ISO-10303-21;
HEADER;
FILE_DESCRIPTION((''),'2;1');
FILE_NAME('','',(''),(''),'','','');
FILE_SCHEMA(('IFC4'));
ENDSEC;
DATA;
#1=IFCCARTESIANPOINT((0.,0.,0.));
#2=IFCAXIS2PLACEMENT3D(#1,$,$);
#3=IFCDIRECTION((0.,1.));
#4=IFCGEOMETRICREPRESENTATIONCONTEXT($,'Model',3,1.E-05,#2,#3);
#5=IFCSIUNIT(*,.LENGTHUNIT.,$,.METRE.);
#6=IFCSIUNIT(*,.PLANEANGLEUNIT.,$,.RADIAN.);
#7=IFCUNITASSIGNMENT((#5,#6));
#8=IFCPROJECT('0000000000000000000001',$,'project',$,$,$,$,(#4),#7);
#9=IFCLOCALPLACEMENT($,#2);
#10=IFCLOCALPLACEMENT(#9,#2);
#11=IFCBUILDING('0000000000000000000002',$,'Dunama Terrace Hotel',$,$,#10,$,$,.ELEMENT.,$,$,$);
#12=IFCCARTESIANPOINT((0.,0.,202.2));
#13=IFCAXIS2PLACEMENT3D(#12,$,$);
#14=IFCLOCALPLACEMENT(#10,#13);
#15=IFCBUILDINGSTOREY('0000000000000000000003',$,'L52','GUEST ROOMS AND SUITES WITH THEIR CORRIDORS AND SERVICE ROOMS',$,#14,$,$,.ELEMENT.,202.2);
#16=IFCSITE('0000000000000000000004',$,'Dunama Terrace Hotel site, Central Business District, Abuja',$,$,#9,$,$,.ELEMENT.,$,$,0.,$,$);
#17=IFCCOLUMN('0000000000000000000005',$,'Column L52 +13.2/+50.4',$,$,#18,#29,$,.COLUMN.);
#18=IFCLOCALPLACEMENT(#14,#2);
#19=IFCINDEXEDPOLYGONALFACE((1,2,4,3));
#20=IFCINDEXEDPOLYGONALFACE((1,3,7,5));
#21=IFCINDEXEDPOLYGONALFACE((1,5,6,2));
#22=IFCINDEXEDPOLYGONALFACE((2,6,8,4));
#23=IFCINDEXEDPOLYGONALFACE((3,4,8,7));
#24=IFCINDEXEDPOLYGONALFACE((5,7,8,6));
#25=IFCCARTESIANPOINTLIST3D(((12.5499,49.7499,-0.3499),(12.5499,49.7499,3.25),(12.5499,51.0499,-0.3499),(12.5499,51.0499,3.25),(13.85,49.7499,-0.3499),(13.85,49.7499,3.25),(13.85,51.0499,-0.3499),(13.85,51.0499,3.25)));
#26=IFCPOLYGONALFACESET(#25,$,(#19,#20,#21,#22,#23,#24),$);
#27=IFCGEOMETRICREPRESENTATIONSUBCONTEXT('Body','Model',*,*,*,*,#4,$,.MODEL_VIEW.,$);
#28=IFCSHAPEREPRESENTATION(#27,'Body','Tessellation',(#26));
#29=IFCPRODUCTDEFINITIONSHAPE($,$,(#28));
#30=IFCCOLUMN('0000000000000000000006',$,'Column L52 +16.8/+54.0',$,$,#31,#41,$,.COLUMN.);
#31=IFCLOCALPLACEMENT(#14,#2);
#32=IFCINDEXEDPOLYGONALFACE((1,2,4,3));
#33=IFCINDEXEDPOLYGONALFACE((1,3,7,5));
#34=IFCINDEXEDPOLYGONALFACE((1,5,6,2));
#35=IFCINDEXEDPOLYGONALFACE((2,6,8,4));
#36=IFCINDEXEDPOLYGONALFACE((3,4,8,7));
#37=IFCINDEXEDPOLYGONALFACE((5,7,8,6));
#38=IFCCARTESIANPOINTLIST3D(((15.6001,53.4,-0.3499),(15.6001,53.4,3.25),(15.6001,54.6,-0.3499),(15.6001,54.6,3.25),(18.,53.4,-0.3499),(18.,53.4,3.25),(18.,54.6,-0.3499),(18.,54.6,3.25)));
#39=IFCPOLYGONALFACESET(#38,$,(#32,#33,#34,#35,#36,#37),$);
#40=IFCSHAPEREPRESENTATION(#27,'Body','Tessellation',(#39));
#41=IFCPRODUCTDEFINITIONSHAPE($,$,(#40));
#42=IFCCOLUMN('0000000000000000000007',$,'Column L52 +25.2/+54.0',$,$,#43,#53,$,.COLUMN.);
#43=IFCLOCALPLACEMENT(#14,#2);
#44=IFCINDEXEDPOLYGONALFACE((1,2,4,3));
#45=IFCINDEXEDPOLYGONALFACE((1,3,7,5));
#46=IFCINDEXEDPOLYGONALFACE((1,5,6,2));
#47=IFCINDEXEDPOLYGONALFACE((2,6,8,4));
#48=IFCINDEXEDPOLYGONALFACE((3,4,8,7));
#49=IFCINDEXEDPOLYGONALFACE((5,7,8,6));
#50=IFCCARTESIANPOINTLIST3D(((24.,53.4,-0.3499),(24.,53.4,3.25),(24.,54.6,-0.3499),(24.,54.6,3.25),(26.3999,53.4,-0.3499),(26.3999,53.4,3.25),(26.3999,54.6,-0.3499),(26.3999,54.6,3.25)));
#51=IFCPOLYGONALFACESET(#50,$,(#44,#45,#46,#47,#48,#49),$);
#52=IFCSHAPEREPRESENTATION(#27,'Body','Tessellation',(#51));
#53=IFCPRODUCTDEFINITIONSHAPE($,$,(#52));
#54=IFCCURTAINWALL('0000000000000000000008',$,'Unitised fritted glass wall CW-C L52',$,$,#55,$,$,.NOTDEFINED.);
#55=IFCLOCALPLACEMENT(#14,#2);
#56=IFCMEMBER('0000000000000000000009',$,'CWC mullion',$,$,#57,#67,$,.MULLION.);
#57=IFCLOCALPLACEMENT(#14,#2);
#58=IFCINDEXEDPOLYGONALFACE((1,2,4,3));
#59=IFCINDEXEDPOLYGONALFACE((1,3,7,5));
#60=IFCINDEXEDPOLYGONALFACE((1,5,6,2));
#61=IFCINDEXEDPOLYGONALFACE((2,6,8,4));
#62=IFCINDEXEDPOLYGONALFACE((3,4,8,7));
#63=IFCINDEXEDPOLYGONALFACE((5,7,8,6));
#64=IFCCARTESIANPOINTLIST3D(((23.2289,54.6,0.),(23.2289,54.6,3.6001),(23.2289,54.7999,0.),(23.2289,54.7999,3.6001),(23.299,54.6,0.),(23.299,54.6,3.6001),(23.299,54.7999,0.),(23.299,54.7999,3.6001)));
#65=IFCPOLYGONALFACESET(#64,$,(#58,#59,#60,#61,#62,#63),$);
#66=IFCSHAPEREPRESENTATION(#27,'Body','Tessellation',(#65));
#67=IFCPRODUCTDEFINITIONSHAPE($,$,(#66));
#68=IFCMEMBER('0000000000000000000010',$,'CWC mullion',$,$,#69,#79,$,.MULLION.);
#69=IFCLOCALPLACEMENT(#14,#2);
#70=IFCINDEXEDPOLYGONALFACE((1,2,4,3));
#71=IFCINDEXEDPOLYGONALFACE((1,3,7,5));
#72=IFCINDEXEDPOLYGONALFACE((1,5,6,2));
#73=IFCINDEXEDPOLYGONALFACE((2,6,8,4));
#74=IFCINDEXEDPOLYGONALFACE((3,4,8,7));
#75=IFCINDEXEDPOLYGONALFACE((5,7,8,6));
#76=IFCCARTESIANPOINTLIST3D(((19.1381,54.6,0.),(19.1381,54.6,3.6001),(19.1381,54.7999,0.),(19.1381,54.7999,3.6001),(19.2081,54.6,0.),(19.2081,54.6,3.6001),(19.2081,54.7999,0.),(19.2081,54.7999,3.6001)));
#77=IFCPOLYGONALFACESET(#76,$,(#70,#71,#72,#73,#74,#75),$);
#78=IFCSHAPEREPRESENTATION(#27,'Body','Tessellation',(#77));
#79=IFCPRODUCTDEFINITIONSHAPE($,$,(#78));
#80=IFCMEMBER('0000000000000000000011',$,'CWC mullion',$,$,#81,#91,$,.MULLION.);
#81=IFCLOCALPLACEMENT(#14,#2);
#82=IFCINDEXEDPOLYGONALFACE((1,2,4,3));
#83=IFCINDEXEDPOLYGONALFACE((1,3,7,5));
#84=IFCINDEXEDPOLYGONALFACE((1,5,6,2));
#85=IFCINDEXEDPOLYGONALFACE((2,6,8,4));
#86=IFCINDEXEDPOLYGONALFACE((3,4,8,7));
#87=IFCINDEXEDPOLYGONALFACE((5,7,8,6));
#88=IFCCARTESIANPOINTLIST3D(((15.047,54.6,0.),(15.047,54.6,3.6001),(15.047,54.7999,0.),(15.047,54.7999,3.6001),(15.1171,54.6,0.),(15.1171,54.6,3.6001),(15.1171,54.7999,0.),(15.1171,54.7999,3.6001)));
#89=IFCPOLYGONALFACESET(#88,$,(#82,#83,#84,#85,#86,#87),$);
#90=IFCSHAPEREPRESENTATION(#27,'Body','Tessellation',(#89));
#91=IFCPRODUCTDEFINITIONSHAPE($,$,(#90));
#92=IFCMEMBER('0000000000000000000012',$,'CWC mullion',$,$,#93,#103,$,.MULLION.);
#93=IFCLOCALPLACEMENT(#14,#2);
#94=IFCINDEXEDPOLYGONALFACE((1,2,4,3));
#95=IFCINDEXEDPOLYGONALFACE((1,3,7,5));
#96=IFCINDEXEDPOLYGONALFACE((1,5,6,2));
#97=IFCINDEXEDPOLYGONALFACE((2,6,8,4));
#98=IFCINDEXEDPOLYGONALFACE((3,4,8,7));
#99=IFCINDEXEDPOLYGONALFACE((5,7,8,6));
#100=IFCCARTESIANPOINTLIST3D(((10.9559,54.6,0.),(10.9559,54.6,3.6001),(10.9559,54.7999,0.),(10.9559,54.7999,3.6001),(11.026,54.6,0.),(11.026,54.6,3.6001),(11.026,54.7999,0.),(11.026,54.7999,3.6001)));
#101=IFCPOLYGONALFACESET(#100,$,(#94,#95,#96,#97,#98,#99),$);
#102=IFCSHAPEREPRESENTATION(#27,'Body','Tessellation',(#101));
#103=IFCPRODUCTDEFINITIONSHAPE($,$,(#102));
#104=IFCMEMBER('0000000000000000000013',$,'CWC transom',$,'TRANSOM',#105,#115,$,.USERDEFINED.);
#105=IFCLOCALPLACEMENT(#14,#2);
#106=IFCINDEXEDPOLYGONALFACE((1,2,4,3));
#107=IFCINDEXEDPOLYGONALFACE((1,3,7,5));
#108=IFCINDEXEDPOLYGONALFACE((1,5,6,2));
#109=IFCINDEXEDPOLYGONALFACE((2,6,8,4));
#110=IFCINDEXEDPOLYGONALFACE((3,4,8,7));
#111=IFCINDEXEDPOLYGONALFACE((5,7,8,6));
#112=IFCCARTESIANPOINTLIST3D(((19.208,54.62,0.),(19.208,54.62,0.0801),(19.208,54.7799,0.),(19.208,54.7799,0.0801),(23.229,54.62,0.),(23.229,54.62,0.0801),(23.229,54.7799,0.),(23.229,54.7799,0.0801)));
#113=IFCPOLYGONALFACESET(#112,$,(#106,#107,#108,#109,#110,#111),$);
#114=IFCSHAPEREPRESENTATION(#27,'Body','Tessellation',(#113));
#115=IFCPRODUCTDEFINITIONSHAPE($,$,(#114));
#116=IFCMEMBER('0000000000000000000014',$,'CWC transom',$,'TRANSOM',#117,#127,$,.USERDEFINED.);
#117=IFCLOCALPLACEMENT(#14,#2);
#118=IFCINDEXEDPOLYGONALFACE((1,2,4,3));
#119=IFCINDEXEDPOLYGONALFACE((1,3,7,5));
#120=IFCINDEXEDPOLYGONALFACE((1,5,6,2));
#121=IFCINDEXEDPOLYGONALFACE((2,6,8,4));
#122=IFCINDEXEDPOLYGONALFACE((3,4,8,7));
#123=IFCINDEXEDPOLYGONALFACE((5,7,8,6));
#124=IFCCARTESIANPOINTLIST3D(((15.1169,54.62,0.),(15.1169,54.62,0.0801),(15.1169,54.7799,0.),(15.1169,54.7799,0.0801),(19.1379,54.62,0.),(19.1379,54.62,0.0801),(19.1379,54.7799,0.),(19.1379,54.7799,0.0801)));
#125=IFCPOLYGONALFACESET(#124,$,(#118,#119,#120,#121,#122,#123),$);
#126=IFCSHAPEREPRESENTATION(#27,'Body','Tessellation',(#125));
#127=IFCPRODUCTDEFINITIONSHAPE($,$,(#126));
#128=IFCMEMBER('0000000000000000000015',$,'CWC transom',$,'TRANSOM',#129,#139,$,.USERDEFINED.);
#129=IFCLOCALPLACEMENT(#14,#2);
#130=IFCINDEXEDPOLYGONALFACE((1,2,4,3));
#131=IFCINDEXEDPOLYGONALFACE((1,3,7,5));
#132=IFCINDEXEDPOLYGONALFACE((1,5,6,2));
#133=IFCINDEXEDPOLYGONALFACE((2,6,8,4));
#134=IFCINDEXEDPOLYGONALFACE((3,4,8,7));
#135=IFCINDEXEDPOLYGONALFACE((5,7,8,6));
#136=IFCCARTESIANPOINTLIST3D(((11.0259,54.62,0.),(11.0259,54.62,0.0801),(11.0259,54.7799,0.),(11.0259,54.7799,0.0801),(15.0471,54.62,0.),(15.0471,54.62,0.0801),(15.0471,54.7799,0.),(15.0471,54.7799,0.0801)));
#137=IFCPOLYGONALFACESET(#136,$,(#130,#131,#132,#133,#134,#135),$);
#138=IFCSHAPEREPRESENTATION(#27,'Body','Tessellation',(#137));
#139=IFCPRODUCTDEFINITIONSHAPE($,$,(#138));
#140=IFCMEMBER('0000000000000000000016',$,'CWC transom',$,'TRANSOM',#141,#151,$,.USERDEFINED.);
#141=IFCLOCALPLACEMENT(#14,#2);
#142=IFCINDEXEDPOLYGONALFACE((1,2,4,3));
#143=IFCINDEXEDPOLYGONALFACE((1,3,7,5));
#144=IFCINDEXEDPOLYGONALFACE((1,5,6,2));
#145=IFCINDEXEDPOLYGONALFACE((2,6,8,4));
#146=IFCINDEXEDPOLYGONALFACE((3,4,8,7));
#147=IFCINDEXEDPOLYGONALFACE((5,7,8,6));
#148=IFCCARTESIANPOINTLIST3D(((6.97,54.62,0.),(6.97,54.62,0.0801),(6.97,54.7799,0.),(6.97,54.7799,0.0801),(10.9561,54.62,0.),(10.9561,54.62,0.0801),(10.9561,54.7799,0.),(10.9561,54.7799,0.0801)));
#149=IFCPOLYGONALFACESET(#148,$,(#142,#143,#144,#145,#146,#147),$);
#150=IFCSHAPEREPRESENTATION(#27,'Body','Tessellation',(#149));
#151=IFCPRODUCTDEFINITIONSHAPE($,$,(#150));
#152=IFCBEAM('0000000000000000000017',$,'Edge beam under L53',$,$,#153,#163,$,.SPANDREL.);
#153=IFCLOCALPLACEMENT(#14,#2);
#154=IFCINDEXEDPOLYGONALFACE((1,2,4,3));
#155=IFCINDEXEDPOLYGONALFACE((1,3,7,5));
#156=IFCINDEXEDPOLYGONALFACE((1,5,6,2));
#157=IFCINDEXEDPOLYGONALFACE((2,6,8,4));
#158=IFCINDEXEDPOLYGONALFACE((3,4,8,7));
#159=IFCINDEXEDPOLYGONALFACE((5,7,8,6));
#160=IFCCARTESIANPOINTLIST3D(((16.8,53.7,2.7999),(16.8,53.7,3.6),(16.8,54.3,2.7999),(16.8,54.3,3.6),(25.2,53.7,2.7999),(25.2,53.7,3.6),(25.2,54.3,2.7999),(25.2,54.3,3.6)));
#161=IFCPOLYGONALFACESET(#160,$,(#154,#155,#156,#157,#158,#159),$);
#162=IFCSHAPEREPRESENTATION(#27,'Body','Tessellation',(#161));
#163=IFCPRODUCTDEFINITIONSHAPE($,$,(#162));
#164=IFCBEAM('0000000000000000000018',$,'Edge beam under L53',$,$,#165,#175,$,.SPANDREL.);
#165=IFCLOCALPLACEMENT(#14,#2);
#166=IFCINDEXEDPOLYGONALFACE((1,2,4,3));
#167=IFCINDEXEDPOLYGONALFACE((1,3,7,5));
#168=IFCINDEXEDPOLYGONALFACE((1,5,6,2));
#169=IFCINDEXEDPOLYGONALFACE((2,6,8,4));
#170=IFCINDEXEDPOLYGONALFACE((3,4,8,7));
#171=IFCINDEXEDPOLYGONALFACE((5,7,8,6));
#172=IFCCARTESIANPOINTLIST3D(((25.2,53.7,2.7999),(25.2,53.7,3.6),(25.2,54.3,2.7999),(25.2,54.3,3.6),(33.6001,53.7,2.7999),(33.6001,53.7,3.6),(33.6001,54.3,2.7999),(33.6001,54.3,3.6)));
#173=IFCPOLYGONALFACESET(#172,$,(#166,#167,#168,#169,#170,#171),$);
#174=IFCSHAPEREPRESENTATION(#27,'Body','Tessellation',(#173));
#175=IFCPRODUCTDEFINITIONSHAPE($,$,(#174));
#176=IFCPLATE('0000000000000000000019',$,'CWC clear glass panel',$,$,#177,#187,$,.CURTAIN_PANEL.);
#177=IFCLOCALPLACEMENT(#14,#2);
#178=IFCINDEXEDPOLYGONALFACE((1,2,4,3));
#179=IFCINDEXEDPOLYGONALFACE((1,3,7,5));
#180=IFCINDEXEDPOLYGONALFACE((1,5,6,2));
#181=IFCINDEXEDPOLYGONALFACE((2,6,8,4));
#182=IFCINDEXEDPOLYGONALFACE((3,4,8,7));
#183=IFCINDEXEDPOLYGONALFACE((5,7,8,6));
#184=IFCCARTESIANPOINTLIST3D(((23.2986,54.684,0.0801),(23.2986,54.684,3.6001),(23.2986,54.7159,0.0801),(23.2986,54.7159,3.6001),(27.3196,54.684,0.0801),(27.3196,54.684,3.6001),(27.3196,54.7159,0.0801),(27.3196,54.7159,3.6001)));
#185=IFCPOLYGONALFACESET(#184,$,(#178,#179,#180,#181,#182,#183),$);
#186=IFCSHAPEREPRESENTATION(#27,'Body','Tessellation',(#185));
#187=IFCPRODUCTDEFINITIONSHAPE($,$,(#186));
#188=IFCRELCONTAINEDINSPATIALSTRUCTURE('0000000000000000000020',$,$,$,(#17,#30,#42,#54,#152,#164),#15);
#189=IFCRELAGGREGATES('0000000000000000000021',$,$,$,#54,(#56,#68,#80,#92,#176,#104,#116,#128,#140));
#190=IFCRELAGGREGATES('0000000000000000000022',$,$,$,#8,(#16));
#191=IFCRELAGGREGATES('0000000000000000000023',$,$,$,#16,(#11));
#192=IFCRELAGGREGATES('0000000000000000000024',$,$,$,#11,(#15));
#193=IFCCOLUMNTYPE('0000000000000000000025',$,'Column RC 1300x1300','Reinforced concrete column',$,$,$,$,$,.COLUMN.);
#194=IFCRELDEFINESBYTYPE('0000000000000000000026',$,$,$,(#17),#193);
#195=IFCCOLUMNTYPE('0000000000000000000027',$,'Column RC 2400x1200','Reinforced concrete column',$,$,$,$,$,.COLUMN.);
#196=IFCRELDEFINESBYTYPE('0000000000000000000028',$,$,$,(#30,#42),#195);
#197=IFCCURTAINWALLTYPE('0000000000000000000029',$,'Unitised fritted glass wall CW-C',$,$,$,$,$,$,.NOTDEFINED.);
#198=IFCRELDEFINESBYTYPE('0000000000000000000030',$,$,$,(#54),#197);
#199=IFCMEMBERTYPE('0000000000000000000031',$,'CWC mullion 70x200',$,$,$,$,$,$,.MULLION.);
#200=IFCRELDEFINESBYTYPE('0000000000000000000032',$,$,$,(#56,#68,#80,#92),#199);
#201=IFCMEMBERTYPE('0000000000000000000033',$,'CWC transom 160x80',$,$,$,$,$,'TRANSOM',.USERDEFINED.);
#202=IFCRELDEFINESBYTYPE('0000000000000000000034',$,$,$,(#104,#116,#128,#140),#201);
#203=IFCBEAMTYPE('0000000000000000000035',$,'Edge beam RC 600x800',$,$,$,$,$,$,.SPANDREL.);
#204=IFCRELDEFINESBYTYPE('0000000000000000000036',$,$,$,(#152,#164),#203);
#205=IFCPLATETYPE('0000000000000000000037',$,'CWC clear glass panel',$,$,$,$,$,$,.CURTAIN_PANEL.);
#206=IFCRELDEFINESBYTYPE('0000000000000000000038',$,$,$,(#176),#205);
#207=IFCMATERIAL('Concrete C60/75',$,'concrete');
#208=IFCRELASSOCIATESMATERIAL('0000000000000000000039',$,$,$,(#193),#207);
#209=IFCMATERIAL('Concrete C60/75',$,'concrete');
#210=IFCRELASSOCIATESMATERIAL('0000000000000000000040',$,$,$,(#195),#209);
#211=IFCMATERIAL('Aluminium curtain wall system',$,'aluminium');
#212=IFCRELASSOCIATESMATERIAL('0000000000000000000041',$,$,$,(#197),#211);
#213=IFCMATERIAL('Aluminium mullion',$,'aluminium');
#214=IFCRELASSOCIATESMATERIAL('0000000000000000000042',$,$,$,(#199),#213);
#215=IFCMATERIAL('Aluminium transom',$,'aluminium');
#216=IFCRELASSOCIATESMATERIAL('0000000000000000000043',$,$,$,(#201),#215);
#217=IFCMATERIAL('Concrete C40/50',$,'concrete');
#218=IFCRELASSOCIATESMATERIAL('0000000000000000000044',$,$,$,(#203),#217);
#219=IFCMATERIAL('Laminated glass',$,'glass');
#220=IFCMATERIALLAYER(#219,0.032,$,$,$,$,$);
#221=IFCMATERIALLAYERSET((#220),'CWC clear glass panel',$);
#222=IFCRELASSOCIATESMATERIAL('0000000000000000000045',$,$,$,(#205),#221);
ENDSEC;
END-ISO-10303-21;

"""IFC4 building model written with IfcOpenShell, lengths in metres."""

from ifc_helpers import new_model, si_unit, direction, frame, origin, origin_2d, place, context, subcontext, project, spatial, rectangle, extrude, material, layer, layer_set, material_profile, profile_set, type_object, element, aggregate, save


model = new_model("IFC4")

# Units and contexts
model_context = context("Model", 3, precision=1e-05, world=origin(), true_north=direction((0.0, 1.0)))
body_context = subcontext(model_context, "Body", "Model", "MODEL_VIEW")
ifc_project = project(units=[si_unit("LENGTHUNIT", "METRE"), si_unit("PLANEANGLEUNIT", "RADIAN")], contexts=[model_context])

# Site, building, storey
site_placement = place(None, origin())
site = spatial("IfcSite", under=ifc_project, at=site_placement, Name="Dunama Terrace Hotel site, Central Business District, Abuja", CompositionType="ELEMENT", RefElevation=0.0)
building_placement = place(site_placement, origin())
building = spatial("IfcBuilding", under=site, at=building_placement, Name="Dunama Terrace Hotel", CompositionType="ELEMENT")
storey_placement = place(building_placement, frame((0.0, 0.0, 202.2)))
storey = spatial("IfcBuildingStorey", under=building, at=storey_placement, Name="L52", Description="GUEST ROOMS AND SUITES WITH THEIR CORRIDORS AND SERVICE ROOMS", CompositionType="ELEMENT", Elevation=202.2)

# Columns
ifc_material_1 = material(Name="Concrete C60/75", Category="concrete")
ifc_material_profile_1 = material_profile(ifc_material_1, rectangle(XDim=1.3, YDim=1.3, at=origin_2d()), Name="RC 1300x1300")
ifc_profile_set_1 = profile_set([ifc_material_profile_1], Name="Concrete C60/75")
column_type_1 = type_object("IfcColumnType", Name="Column RC 1300x1300", Description="Reinforced concrete column", PredefinedType="COLUMN", material=ifc_profile_set_1)
column_placement = place(storey_placement, frame((13.2, 50.3999, -0.3499), z_axis=(0.0, 0.0, 1.0), x_axis=(1.0, 0.0, 0.0)))
element("IfcColumn", 1, at=column_placement, inside=storey, type_object=column_type_1, Name="Column L52 +13.2/+50.4", PredefinedType="COLUMN", context=body_context, shape_type="SweptSolid", body=[
    extrude(rectangle(XDim=1.3, YDim=1.3, at=origin_2d()), origin(), (0.0, 0.0, 1.0), 3.5999),
])
ifc_material_2 = material(Name="Concrete C60/75", Category="concrete")
ifc_material_profile_2 = material_profile(ifc_material_2, rectangle(XDim=2.3999, YDim=1.2, at=origin_2d()), Name="RC 2400x1200")
ifc_profile_set_2 = profile_set([ifc_material_profile_2], Name="Concrete C60/75")
column_type_2 = type_object("IfcColumnType", Name="Column RC 2400x1200", Description="Reinforced concrete column", PredefinedType="COLUMN", material=ifc_profile_set_2)
for number, where, z_axis, x_axis, name in (
    (2, (16.8, 54.0, -0.3499), (0.0, 0.0, 1.0), (1.0, 0.0, 0.0), "Column L52 +16.8/+54.0"),
    (3, (25.2, 54.0, -0.3499), (0.0, 0.0, 1.0), (1.0, 0.0, 0.0), "Column L52 +25.2/+54.0"),
):
    element("IfcColumn", number, at=place(storey_placement, frame(where, z_axis=z_axis, x_axis=x_axis)), inside=storey, type_object=column_type_2, Name=name, PredefinedType="COLUMN", context=body_context, shape_type="SweptSolid", body=[
        extrude(rectangle(XDim=2.3999, YDim=1.2, at=origin_2d()), origin(), (0.0, 0.0, 1.0), 3.5999),
    ])

# Curtain wall, members
ifc_material_3 = material(Name="Aluminium curtain wall system", Category="aluminium")
curtain_wall_type = type_object("IfcCurtainWallType", Name="Unitised fritted glass wall CW-C", PredefinedType="NOTDEFINED", material=ifc_material_3)
curtain_wall_placement = place(storey_placement, origin())
curtain_wall = element("IfcCurtainWall", 4, at=curtain_wall_placement, inside=storey, type_object=curtain_wall_type, Name="Unitised fritted glass wall CW-C L52", PredefinedType="NOTDEFINED")
ifc_material_4 = material(Name="Aluminium mullion", Category="aluminium")
ifc_material_profile_3 = material_profile(ifc_material_4, rectangle(XDim=0.0701, YDim=0.2, at=origin_2d()), Name="CWC MULLION 70X200")
ifc_profile_set_3 = profile_set([ifc_material_profile_3], Name="Aluminium mullion")
member_type_1 = type_object("IfcMemberType", Name="CWC mullion 70x200", PredefinedType="MULLION", material=ifc_profile_set_3)
member_1_placement = place(storey_placement, frame((23.2639, 54.7, 0.0), z_axis=(0.0, 0.0, 1.0), x_axis=(-1.0, 0.0, 0.0)))
member_1 = element("IfcMember", 5, at=member_1_placement, type_object=member_type_1, Name="CWC mullion", PredefinedType="MULLION", context=body_context, shape_type="SweptSolid", body=[
    extrude(rectangle(XDim=0.0701, YDim=0.2, at=origin_2d()), origin(), (0.0, 0.0, 1.0), 3.6001),
])
member_2_placement = place(storey_placement, frame((19.1731, 54.7, 0.0), z_axis=(0.0, 0.0, 1.0), x_axis=(-1.0, 0.0, 0.0)))
member_2 = element("IfcMember", 6, at=member_2_placement, type_object=member_type_1, Name="CWC mullion", PredefinedType="MULLION", context=body_context, shape_type="SweptSolid", body=[
    extrude(rectangle(XDim=0.0701, YDim=0.2, at=origin_2d()), origin(), (0.0, 0.0, 1.0), 3.6001),
])
member_3_placement = place(storey_placement, frame((15.082, 54.7, 0.0), z_axis=(0.0, 0.0, 1.0), x_axis=(-1.0, 0.0, 0.0)))
member_3 = element("IfcMember", 7, at=member_3_placement, type_object=member_type_1, Name="CWC mullion", PredefinedType="MULLION", context=body_context, shape_type="SweptSolid", body=[
    extrude(rectangle(XDim=0.0701, YDim=0.2, at=origin_2d()), origin(), (0.0, 0.0, 1.0), 3.6001),
])
member_4_placement = place(storey_placement, frame((10.991, 54.7, 0.0), z_axis=(0.0, 0.0, 1.0), x_axis=(-1.0, 0.0, 0.0)))
member_4 = element("IfcMember", 8, at=member_4_placement, type_object=member_type_1, Name="CWC mullion", PredefinedType="MULLION", context=body_context, shape_type="SweptSolid", body=[
    extrude(rectangle(XDim=0.0701, YDim=0.2, at=origin_2d()), origin(), (0.0, 0.0, 1.0), 3.6001),
])
ifc_material_5 = material(Name="Aluminium transom", Category="aluminium")
ifc_material_profile_4 = material_profile(ifc_material_5, rectangle(XDim=0.1599, YDim=0.0801, at=origin_2d()), Name="CWC TRANSOM 160X80")
ifc_profile_set_4 = profile_set([ifc_material_profile_4], Name="Aluminium transom")
member_type_2 = type_object("IfcMemberType", Name="CWC transom 160x80", ElementType="TRANSOM", PredefinedType="USERDEFINED", material=ifc_profile_set_4)
member_5_placement = place(storey_placement, frame((23.229, 54.7, 0.04), z_axis=(-1.0, 0.0, 0.0), x_axis=(0.0, -1.0, 0.0)))
member_5 = element("IfcMember", 9, at=member_5_placement, type_object=member_type_2, Name="CWC transom", ObjectType="TRANSOM", PredefinedType="USERDEFINED", context=body_context, shape_type="SweptSolid", body=[
    extrude(rectangle(XDim=0.1599, YDim=0.0801, at=origin_2d()), origin(), (0.0, 0.0, 1.0), 4.021),
])
member_6_placement = place(storey_placement, frame((19.1379, 54.7, 0.04), z_axis=(-1.0, 0.0, 0.0), x_axis=(0.0, -1.0, 0.0)))
member_6 = element("IfcMember", 10, at=member_6_placement, type_object=member_type_2, Name="CWC transom", ObjectType="TRANSOM", PredefinedType="USERDEFINED", context=body_context, shape_type="SweptSolid", body=[
    extrude(rectangle(XDim=0.1599, YDim=0.0801, at=origin_2d()), origin(), (0.0, 0.0, 1.0), 4.021),
])
member_7_placement = place(storey_placement, frame((15.0471, 54.7, 0.04), z_axis=(-1.0, 0.0, 0.0), x_axis=(0.0, -1.0, 0.0)))
member_7 = element("IfcMember", 11, at=member_7_placement, type_object=member_type_2, Name="CWC transom", ObjectType="TRANSOM", PredefinedType="USERDEFINED", context=body_context, shape_type="SweptSolid", body=[
    extrude(rectangle(XDim=0.1599, YDim=0.0801, at=origin_2d()), origin(), (0.0, 0.0, 1.0), 4.0212),
])
member_8_placement = place(storey_placement, frame((10.9561, 54.7, 0.04), z_axis=(-1.0, 0.0, 0.0), x_axis=(0.0, -1.0, 0.0)))
member_8 = element("IfcMember", 12, at=member_8_placement, type_object=member_type_2, Name="CWC transom", ObjectType="TRANSOM", PredefinedType="USERDEFINED", context=body_context, shape_type="SweptSolid", body=[
    extrude(rectangle(XDim=0.1599, YDim=0.0801, at=origin_2d()), origin(), (0.0, 0.0, 1.0), 3.9861),
])

# Beams
ifc_material_6 = material(Name="Concrete C40/50", Category="concrete")
ifc_material_profile_5 = material_profile(ifc_material_6, rectangle(XDim=0.6001, YDim=0.8, at=origin_2d()), Name="RC 600x800")
ifc_profile_set_5 = profile_set([ifc_material_profile_5], Name="Concrete C40/50")
beam_type = type_object("IfcBeamType", Name="Edge beam RC 600x800", PredefinedType="SPANDREL", material=ifc_profile_set_5)
beam_1_placement = place(storey_placement, frame((16.8, 54.0, 3.2), z_axis=(1.0, 0.0, 0.0), x_axis=(0.0, 1.0, 0.0)))
element("IfcBeam", 13, at=beam_1_placement, inside=storey, type_object=beam_type, Name="Edge beam under L53", PredefinedType="SPANDREL", context=body_context, shape_type="SweptSolid", body=[
    extrude(rectangle(XDim=0.6001, YDim=0.8, at=origin_2d()), origin(), (0.0, 0.0, 1.0), 8.3999),
])
beam_2_placement = place(storey_placement, frame((25.2, 54.0, 3.2), z_axis=(1.0, 0.0, 0.0), x_axis=(0.0, 1.0, 0.0)))
element("IfcBeam", 14, at=beam_2_placement, inside=storey, type_object=beam_type, Name="Edge beam under L53", PredefinedType="SPANDREL", context=body_context, shape_type="SweptSolid", body=[
    extrude(rectangle(XDim=0.6001, YDim=0.8, at=origin_2d()), origin(), (0.0, 0.0, 1.0), 8.4001),
])

# Plate
ifc_material_7 = material(Name="Laminated glass", Category="glass")
ifc_layer_1 = layer(ifc_material_7, 0.032)
ifc_layer_set_1 = layer_set([ifc_layer_1], Name="CWC clear glass panel")
plate_type_1 = type_object("IfcPlateType", Name="CWC clear glass panel", PredefinedType="CURTAIN_PANEL", material=ifc_layer_set_1)
plate_1_placement = place(storey_placement, frame((25.3091, 54.7, 0.0801), z_axis=(0.0, 0.0, 1.0), x_axis=(-1.0, 0.0, 0.0)))
plate_1 = element("IfcPlate", 15, at=plate_1_placement, type_object=plate_type_1, Name="CWC clear glass panel", PredefinedType="CURTAIN_PANEL", context=body_context, shape_type="SweptSolid", body=[
    extrude(rectangle(XDim=4.021, YDim=0.032, at=origin_2d()), origin(), (0.0, 0.0, 1.0), 3.52),
])
aggregate(curtain_wall, [member_1, member_2, member_3, member_4, plate_1, member_5, member_6, member_7, member_8])

save(model, "model.ifc")
